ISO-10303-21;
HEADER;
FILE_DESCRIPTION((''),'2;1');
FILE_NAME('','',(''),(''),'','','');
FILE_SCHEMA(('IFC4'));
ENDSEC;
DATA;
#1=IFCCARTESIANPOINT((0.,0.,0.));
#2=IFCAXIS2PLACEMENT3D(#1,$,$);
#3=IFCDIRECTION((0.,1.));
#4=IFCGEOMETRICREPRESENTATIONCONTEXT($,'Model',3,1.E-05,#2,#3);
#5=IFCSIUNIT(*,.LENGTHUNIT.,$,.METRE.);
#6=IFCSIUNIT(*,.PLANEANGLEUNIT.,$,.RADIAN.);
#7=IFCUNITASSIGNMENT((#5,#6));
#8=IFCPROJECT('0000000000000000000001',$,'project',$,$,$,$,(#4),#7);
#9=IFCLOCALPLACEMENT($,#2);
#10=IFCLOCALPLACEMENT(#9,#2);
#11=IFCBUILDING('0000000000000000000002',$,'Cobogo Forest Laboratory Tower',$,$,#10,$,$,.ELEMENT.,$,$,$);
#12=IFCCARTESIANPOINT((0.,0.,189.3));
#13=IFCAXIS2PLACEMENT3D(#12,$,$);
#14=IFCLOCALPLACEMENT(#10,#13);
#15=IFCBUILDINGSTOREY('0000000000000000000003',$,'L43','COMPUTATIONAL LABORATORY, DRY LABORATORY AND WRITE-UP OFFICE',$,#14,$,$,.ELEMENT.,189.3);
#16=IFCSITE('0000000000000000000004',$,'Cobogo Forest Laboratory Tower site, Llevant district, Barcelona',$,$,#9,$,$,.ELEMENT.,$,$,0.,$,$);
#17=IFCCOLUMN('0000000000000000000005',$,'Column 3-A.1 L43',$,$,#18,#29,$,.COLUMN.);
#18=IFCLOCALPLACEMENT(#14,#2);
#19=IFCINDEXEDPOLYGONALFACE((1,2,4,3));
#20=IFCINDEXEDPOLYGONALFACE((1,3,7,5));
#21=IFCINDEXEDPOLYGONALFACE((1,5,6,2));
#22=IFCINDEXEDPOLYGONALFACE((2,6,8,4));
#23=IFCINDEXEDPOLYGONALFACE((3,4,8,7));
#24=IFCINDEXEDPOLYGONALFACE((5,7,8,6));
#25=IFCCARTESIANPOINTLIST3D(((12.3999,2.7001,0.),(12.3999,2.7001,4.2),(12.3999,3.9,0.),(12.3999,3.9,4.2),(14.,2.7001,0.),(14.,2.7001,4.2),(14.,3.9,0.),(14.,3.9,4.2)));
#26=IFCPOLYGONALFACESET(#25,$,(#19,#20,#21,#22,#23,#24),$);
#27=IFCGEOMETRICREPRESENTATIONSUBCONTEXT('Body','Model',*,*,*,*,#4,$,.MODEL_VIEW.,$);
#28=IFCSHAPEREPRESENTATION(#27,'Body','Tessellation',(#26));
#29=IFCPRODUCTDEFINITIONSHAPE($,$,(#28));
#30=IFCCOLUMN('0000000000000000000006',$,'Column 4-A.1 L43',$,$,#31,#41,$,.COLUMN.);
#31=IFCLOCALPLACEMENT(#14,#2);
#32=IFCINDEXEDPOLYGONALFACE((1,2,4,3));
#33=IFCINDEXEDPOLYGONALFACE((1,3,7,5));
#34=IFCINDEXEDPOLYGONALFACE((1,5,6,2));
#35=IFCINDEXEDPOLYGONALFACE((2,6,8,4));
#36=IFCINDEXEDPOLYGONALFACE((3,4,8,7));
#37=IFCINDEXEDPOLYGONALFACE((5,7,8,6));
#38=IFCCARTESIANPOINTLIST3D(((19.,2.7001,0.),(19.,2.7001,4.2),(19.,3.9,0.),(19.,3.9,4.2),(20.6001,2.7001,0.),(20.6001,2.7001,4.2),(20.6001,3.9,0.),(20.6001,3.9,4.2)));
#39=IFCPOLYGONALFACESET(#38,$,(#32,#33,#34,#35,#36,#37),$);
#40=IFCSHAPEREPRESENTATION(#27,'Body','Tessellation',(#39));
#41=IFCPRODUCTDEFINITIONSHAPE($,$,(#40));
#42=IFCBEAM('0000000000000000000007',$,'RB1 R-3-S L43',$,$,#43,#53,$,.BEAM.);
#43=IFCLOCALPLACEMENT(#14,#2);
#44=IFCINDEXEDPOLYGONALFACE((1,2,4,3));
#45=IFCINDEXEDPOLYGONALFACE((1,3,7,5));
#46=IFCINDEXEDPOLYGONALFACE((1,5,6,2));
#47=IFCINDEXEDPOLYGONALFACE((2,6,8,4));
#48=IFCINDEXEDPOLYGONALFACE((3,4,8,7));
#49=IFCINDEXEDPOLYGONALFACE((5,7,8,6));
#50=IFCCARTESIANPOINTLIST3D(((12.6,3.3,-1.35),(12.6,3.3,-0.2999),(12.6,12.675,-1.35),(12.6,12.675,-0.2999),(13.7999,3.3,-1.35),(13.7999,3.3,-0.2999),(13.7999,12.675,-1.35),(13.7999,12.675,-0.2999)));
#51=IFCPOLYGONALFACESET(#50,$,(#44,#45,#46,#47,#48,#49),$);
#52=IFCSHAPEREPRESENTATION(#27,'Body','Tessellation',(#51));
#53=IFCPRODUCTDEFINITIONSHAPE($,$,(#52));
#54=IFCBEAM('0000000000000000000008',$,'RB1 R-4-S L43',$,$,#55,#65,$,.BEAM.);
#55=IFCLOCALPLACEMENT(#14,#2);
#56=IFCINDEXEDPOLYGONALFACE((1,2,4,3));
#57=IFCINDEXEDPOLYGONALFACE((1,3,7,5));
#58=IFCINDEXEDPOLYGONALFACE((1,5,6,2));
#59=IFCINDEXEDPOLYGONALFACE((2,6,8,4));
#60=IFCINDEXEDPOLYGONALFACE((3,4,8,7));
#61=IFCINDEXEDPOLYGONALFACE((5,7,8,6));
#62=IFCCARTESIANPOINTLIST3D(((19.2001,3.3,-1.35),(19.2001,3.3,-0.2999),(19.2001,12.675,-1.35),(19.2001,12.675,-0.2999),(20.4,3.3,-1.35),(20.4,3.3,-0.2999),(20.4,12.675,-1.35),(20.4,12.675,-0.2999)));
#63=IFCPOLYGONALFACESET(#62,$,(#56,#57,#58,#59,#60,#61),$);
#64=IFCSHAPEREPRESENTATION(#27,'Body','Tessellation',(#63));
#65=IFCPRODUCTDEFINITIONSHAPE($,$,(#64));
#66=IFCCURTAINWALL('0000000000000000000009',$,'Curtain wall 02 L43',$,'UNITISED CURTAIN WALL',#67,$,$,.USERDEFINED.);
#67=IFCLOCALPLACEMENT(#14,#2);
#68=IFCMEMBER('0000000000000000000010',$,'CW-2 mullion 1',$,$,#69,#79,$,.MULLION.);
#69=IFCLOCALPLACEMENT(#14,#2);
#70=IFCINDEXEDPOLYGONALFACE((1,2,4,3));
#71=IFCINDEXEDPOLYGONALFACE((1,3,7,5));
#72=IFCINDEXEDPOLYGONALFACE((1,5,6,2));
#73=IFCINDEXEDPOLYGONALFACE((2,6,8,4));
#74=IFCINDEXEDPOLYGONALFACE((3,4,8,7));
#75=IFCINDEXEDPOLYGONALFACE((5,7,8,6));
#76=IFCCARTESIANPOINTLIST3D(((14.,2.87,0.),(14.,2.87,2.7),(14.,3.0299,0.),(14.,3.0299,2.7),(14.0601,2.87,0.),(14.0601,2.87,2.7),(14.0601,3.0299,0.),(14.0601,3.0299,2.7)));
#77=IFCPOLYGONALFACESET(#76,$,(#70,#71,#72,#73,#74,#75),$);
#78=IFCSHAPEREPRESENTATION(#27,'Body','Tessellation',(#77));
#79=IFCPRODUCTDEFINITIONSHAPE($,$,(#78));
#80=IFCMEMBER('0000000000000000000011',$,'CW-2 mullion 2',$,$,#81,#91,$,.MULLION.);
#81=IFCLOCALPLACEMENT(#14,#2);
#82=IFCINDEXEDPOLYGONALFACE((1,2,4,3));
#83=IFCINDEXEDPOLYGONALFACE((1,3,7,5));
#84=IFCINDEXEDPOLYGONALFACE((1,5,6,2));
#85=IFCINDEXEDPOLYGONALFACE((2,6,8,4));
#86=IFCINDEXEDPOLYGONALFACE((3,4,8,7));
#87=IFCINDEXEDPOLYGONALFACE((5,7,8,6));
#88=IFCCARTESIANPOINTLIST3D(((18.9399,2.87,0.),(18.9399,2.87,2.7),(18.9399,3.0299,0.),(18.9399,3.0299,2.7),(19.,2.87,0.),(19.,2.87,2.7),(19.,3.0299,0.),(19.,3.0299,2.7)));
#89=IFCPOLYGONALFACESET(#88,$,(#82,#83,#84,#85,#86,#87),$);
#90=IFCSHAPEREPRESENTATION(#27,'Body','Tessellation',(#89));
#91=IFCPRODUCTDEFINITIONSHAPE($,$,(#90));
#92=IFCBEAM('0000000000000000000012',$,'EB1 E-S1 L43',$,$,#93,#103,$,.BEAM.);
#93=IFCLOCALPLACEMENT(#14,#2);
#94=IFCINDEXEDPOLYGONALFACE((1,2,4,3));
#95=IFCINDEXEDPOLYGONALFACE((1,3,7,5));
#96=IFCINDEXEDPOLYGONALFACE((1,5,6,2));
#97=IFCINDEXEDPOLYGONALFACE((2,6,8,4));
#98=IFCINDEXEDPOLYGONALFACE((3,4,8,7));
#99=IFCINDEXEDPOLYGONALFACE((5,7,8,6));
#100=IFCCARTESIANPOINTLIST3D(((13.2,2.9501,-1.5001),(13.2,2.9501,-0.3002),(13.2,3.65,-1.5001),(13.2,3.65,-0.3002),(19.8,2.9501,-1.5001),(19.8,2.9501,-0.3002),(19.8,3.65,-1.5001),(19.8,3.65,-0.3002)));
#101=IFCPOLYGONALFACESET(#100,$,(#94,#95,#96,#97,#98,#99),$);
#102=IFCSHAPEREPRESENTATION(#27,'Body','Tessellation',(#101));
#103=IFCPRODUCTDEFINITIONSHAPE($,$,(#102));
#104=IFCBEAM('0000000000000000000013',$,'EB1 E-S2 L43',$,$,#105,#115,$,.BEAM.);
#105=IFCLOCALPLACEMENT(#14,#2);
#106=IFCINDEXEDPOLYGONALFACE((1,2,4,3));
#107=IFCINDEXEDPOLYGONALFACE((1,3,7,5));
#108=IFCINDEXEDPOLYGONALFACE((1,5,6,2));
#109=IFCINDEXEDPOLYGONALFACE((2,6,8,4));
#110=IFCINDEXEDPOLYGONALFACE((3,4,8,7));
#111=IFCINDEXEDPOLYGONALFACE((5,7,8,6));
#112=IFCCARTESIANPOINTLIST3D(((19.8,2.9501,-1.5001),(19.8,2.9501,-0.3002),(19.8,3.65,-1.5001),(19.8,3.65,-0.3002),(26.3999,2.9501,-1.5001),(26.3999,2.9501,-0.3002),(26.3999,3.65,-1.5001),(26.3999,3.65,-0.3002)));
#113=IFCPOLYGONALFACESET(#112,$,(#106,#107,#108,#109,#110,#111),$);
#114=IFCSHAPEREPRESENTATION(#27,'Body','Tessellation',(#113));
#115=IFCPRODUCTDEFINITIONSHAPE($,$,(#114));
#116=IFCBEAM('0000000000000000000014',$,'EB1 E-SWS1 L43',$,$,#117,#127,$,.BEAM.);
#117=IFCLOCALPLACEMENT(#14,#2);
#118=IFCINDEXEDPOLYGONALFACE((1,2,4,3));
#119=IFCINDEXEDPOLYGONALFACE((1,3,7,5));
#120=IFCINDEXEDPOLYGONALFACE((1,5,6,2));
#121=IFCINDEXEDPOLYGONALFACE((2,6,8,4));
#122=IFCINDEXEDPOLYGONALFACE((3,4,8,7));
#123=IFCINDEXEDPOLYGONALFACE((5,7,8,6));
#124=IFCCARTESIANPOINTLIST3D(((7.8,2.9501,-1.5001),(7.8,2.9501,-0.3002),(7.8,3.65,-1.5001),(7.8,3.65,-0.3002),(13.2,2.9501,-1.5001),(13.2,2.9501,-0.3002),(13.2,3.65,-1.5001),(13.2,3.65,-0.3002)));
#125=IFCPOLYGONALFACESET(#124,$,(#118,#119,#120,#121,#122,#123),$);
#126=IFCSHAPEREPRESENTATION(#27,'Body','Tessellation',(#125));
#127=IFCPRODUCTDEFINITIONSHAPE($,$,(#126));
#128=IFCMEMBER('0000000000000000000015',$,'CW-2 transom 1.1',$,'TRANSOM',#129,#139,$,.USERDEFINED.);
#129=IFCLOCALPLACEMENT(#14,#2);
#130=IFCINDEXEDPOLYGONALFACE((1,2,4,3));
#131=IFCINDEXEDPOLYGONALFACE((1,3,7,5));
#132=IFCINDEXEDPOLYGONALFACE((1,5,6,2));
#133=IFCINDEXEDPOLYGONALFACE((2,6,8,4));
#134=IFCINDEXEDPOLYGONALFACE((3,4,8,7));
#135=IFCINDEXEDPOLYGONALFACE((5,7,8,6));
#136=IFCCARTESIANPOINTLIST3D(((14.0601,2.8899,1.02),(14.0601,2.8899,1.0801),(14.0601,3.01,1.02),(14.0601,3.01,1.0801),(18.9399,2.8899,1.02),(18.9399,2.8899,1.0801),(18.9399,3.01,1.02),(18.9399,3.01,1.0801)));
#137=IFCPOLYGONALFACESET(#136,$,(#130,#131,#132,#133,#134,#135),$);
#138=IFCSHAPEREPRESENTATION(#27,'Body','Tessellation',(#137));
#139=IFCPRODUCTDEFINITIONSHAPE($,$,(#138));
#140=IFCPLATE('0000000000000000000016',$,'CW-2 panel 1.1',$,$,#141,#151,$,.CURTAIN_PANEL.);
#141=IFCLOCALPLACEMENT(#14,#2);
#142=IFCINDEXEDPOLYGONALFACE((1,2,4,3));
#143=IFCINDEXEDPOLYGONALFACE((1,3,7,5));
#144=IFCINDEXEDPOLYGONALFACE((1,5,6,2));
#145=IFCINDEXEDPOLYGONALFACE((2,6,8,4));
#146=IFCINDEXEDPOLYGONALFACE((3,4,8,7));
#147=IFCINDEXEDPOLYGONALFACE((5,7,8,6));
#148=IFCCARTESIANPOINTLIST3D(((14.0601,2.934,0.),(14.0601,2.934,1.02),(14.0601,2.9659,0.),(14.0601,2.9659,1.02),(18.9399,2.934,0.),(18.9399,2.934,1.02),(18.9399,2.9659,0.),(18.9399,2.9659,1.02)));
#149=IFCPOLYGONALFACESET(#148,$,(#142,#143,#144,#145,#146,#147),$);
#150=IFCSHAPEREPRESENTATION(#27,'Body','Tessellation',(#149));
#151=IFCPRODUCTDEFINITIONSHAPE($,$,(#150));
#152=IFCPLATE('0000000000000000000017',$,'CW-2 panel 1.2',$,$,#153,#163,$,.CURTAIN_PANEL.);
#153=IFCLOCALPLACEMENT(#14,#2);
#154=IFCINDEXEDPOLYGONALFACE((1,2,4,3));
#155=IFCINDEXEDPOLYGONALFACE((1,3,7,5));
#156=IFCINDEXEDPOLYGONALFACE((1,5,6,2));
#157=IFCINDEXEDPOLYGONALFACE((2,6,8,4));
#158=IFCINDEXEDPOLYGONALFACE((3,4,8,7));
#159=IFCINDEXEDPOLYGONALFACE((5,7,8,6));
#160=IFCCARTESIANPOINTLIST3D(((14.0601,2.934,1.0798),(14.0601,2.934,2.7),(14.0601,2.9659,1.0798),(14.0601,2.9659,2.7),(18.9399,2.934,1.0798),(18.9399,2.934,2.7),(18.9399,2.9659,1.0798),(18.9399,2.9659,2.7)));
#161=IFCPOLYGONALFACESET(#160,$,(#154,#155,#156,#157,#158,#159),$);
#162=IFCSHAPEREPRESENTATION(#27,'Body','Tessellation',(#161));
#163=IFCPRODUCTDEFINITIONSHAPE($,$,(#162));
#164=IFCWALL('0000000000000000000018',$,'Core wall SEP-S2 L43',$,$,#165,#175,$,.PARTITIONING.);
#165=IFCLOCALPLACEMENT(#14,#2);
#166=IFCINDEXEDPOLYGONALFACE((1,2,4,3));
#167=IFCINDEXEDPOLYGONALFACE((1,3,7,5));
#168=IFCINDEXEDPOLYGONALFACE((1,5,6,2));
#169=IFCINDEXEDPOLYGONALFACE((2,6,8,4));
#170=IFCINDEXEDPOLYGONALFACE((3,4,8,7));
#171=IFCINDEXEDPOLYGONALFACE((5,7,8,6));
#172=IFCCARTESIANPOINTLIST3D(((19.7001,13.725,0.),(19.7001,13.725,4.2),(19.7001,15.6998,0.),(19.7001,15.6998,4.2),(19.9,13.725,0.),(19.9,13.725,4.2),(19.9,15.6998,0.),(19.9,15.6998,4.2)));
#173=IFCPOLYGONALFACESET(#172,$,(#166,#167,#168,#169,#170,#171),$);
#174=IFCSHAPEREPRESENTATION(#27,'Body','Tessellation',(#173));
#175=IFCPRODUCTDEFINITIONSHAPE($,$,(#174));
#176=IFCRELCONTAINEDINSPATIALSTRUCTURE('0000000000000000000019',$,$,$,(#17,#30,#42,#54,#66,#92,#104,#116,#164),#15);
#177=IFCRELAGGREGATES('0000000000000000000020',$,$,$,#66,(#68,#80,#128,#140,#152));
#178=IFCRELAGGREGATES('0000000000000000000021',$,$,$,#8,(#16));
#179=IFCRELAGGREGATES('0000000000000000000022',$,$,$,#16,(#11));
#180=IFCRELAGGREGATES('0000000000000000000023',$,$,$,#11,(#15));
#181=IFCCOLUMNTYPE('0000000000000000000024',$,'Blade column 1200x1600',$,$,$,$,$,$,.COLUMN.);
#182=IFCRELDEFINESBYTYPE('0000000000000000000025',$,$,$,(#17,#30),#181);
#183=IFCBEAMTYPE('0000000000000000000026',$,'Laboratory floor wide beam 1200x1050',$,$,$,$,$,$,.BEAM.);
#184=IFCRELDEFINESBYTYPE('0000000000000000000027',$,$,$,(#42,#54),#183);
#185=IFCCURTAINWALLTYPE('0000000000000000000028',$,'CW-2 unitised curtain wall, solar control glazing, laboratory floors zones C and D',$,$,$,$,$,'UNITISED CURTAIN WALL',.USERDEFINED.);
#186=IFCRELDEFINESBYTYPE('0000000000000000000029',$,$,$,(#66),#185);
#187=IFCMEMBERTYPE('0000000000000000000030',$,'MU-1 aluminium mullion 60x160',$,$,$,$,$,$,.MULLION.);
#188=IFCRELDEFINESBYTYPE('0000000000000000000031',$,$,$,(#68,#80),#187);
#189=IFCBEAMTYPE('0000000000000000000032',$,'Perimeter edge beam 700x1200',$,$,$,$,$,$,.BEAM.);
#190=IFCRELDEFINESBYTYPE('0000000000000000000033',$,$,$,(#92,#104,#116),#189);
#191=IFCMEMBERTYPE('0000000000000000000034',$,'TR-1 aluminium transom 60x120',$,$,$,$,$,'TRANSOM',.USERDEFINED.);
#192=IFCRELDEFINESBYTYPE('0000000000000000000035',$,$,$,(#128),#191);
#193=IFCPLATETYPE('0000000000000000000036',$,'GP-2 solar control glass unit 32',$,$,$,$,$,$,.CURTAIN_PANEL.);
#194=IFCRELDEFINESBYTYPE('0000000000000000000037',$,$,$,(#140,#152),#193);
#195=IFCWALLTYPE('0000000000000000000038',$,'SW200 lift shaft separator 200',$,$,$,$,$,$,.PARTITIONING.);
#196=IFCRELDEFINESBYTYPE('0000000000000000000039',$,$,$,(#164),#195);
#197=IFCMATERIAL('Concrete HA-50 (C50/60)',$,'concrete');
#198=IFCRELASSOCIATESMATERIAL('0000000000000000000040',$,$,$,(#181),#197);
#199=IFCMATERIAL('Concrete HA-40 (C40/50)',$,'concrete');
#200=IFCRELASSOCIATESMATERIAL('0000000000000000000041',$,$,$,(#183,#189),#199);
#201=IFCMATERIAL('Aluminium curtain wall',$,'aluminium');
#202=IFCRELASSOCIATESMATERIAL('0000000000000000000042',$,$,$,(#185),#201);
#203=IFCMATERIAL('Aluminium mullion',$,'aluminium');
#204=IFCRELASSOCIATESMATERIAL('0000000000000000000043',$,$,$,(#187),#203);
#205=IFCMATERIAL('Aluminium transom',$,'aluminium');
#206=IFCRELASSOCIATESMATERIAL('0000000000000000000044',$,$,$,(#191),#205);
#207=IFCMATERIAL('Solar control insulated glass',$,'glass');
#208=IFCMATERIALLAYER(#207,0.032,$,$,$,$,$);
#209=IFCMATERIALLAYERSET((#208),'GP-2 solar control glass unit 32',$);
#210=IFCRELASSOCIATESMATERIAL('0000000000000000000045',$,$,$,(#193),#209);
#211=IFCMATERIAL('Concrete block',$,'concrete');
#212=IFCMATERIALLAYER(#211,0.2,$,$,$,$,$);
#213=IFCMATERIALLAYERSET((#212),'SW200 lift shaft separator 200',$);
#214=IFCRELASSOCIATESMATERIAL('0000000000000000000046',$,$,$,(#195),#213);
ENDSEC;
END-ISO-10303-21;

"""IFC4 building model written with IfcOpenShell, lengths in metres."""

from ifc_helpers import new_model, si_unit, direction, frame, frame_2d, origin, origin_2d, place, context, subcontext, project, spatial, rectangle, extrude, material, layer, layer_set, material_profile, profile_set, type_object, element, aggregate, save


model = new_model("IFC4")

# Units and contexts
model_context = context("Model", 3, precision=1e-05, world=origin(), true_north=direction((0.0, 1.0)))
body_context = subcontext(model_context, "Body", "Model", "MODEL_VIEW")
ifc_project = project(units=[si_unit("LENGTHUNIT", "METRE"), si_unit("PLANEANGLEUNIT", "RADIAN")], contexts=[model_context])

# Site, building, storey
site_placement = place(None, origin())
site = spatial("IfcSite", under=ifc_project, at=site_placement, Name="Cobogo Forest Laboratory Tower site, Llevant district, Barcelona", CompositionType="ELEMENT", RefElevation=0.0)
building_placement = place(site_placement, origin())
building = spatial("IfcBuilding", under=site, at=building_placement, Name="Cobogo Forest Laboratory Tower", CompositionType="ELEMENT")
storey_placement = place(building_placement, frame((0.0, 0.0, 189.3)))
storey = spatial("IfcBuildingStorey", under=building, at=storey_placement, Name="L43", Description="COMPUTATIONAL LABORATORY, DRY LABORATORY AND WRITE-UP OFFICE", CompositionType="ELEMENT", Elevation=189.3)

# Columns
ifc_material_1 = material(Name="Concrete HA-50 (C50/60)", Category="concrete")
ifc_material_profile_1 = material_profile(ifc_material_1, rectangle(XDim=1.6001, YDim=1.2, at=origin_2d()), Name="RC 1200x1600")
ifc_profile_set_1 = profile_set([ifc_material_profile_1], Name="Concrete HA-50 (C50/60)")
column_type = type_object("IfcColumnType", Name="Blade column 1200x1600", PredefinedType="COLUMN", material=ifc_profile_set_1)
for number, where, z_axis, x_axis, name in (
    (1, (13.2, 3.3, 0.0), (0.0, 0.0, 1.0), (1.0, 0.0, 0.0), "Column 3-A.1 L43"),
    (2, (19.8, 3.3, 0.0), (0.0, 0.0, 1.0), (1.0, 0.0, 0.0), "Column 4-A.1 L43"),
):
    element("IfcColumn", number, at=place(storey_placement, frame(where, z_axis=z_axis, x_axis=x_axis)), inside=storey, type_object=column_type, Name=name, PredefinedType="COLUMN", context=body_context, shape_type="SweptSolid", body=[
        extrude(rectangle(XDim=1.6001, YDim=1.2, at=origin_2d()), origin(), (0.0, 0.0, 1.0), 4.2),
    ])

# Beams
ifc_material_2 = material(Name="Concrete HA-40 (C40/50)", Category="concrete")
ifc_material_profile_2 = material_profile(ifc_material_2, rectangle(XDim=1.2, YDim=1.05, at=origin_2d()), Name="RC 1200x1050")
ifc_profile_set_2 = profile_set([ifc_material_profile_2], Name="Concrete HA-40 (C40/50)")
beam_type_1 = type_object("IfcBeamType", Name="Laboratory floor wide beam 1200x1050", PredefinedType="BEAM", material=ifc_profile_set_2)
for number, where, z_axis, x_axis, name in (
    (3, (13.2, 12.675, -0.825), (0.0, -1.0, 0.0), (1.0, 0.0, 0.0), "RB1 R-3-S L43"),
    (4, (19.8, 12.675, -0.825), (0.0, -1.0, 0.0), (1.0, 0.0, 0.0), "RB1 R-4-S L43"),
):
    element("IfcBeam", number, at=place(storey_placement, frame(where, z_axis=z_axis, x_axis=x_axis)), inside=storey, type_object=beam_type_1, Name=name, PredefinedType="BEAM", context=body_context, shape_type="SweptSolid", body=[
        extrude(rectangle(XDim=1.2, YDim=1.05, at=origin_2d()), origin(), (0.0, 0.0, 1.0), 9.375),
    ])

# Curtain wall, members
ifc_material_3 = material(Name="Aluminium curtain wall", Category="aluminium")
curtain_wall_type = type_object("IfcCurtainWallType", Name="CW-2 unitised curtain wall, solar control glazing, laboratory floors zones C and D", ElementType="UNITISED CURTAIN WALL", PredefinedType="USERDEFINED", material=ifc_material_3)
curtain_wall_placement = place(storey_placement, origin())
curtain_wall = element("IfcCurtainWall", 5, at=curtain_wall_placement, inside=storey, type_object=curtain_wall_type, Name="Curtain wall 02 L43", ObjectType="UNITISED CURTAIN WALL", PredefinedType="USERDEFINED")
ifc_material_4 = material(Name="Aluminium mullion", Category="aluminium")
ifc_material_profile_3 = material_profile(ifc_material_4, rectangle(XDim=0.0601, YDim=0.1599, at=origin_2d()), Name="AL 60x160")
ifc_profile_set_3 = profile_set([ifc_material_profile_3], Name="Aluminium mullion")
member_type_1 = type_object("IfcMemberType", Name="MU-1 aluminium mullion 60x160", PredefinedType="MULLION", material=ifc_profile_set_3)
member_1_placement = place(storey_placement, frame((14.03, 2.95, 0.0), z_axis=(0.0, 0.0, 1.0), x_axis=(1.0, 0.0, 0.0)))
member_1 = element("IfcMember", 6, at=member_1_placement, type_object=member_type_1, Name="CW-2 mullion 1", PredefinedType="MULLION", context=body_context, shape_type="SweptSolid", body=[
    extrude(rectangle(XDim=0.0601, YDim=0.1599, at=origin_2d()), origin(), (0.0, 0.0, 1.0), 2.7),
])
member_2_placement = place(storey_placement, frame((18.97, 2.95, 0.0), z_axis=(0.0, 0.0, 1.0), x_axis=(1.0, 0.0, 0.0)))
member_2 = element("IfcMember", 7, at=member_2_placement, type_object=member_type_1, Name="CW-2 mullion 2", PredefinedType="MULLION", context=body_context, shape_type="SweptSolid", body=[
    extrude(rectangle(XDim=0.0601, YDim=0.1599, at=origin_2d()), origin(), (0.0, 0.0, 1.0), 2.7),
])

# Beams
ifc_material_profile_4 = material_profile(ifc_material_2, rectangle(XDim=0.7, YDim=1.2, at=origin_2d()), Name="RC 700x1200")
ifc_profile_set_4 = profile_set([ifc_material_profile_4], Name="Concrete HA-40 (C40/50)")
beam_type_2 = type_object("IfcBeamType", Name="Perimeter edge beam 700x1200", PredefinedType="BEAM", material=ifc_profile_set_4)
beam_1_placement = place(storey_placement, frame((13.2, 3.3, -0.9001), z_axis=(1.0, 0.0, 0.0), x_axis=(0.0, 1.0, 0.0)))
element("IfcBeam", 8, at=beam_1_placement, inside=storey, type_object=beam_type_2, Name="EB1 E-S1 L43", PredefinedType="BEAM", context=body_context, shape_type="SweptSolid", body=[
    extrude(rectangle(XDim=0.7, YDim=1.2, at=origin_2d()), origin(), (0.0, 0.0, 1.0), 6.6001),
])
beam_2_placement = place(storey_placement, frame((19.8, 3.3, -0.9001), z_axis=(1.0, 0.0, 0.0), x_axis=(0.0, 1.0, 0.0)))
element("IfcBeam", 9, at=beam_2_placement, inside=storey, type_object=beam_type_2, Name="EB1 E-S2 L43", PredefinedType="BEAM", context=body_context, shape_type="SweptSolid", body=[
    extrude(rectangle(XDim=0.7, YDim=1.2, at=origin_2d()), origin(), (0.0, 0.0, 1.0), 6.5999),
])
beam_3_placement = place(storey_placement, frame((13.2, 3.3, -0.9001), z_axis=(-1.0, 0.0, 0.0), x_axis=(0.0, -1.0, 0.0)))
element("IfcBeam", 10, at=beam_3_placement, inside=storey, type_object=beam_type_2, Name="EB1 E-SWS1 L43", PredefinedType="BEAM", context=body_context, shape_type="SweptSolid", body=[
    extrude(rectangle(XDim=0.7, YDim=1.2, at=origin_2d()), origin(), (0.0, 0.0, 1.0), 5.3999),
])

# Member
ifc_material_5 = material(Name="Aluminium transom", Category="aluminium")
ifc_material_profile_5 = material_profile(ifc_material_5, rectangle(XDim=0.1201, YDim=0.0601, at=origin_2d()), Name="AL 60x120")
ifc_profile_set_5 = profile_set([ifc_material_profile_5], Name="Aluminium transom")
member_type_2 = type_object("IfcMemberType", Name="TR-1 aluminium transom 60x120", ElementType="TRANSOM", PredefinedType="USERDEFINED", material=ifc_profile_set_5)
member_3_placement = place(storey_placement, frame((14.0601, 2.95, 1.05), z_axis=(1.0, 0.0, 0.0), x_axis=(0.0, 1.0, 0.0)))
member_3 = element("IfcMember", 11, at=member_3_placement, type_object=member_type_2, Name="CW-2 transom 1.1", ObjectType="TRANSOM", PredefinedType="USERDEFINED", context=body_context, shape_type="SweptSolid", body=[
    extrude(rectangle(XDim=0.1201, YDim=0.0601, at=origin_2d()), origin(), (0.0, 0.0, 1.0), 4.8799),
])

# Plates
ifc_material_6 = material(Name="Solar control insulated glass", Category="glass")
ifc_layer_1 = layer(ifc_material_6, 0.032)
ifc_layer_set_1 = layer_set([ifc_layer_1], Name="GP-2 solar control glass unit 32")
plate_type_1 = type_object("IfcPlateType", Name="GP-2 solar control glass unit 32", PredefinedType="CURTAIN_PANEL", material=ifc_layer_set_1)
plate_1_placement = place(storey_placement, frame((16.5, 2.95, 0.0), z_axis=(0.0, 0.0, 1.0), x_axis=(1.0, 0.0, 0.0)))
plate_1 = element("IfcPlate", 12, at=plate_1_placement, type_object=plate_type_1, Name="CW-2 panel 1.1", PredefinedType="CURTAIN_PANEL", context=body_context, shape_type="SweptSolid", body=[
    extrude(rectangle(XDim=4.8799, YDim=0.032, at=origin_2d()), origin(), (0.0, 0.0, 1.0), 1.02),
])
plate_2_placement = place(storey_placement, frame((16.5, 2.95, 1.0798), z_axis=(0.0, 0.0, 1.0), x_axis=(1.0, 0.0, 0.0)))
plate_2 = element("IfcPlate", 13, at=plate_2_placement, type_object=plate_type_1, Name="CW-2 panel 1.2", PredefinedType="CURTAIN_PANEL", context=body_context, shape_type="SweptSolid", body=[
    extrude(rectangle(XDim=4.8799, YDim=0.032, at=origin_2d()), origin(), (0.0, 0.0, 1.0), 1.6201),
])
aggregate(curtain_wall, [member_1, member_2, member_3, plate_1, plate_2])

# Wall
ifc_material_7 = material(Name="Concrete block", Category="concrete")
ifc_layer_2 = layer(ifc_material_7, 0.2)
ifc_layer_set_2 = layer_set([ifc_layer_2], Name="SW200 lift shaft separator 200")
wall_type = type_object("IfcWallType", Name="SW200 lift shaft separator 200", PredefinedType="PARTITIONING", material=ifc_layer_set_2)
wall_placement = place(storey_placement, frame((19.8, 13.7251, 0.0), z_axis=(0.0, 0.0, 1.0), x_axis=(0.0, 1.0, 0.0)))
element("IfcWall", 14, at=wall_placement, inside=storey, type_object=wall_type, Name="Core wall SEP-S2 L43", PredefinedType="PARTITIONING", context=body_context, shape_type="SweptSolid", body=[
    extrude(rectangle(XDim=1.9749, YDim=0.2, at=frame_2d((0.9873, 0.0))), origin(), (0.0, 0.0, 1.0), 4.2),
])

save(model, "model.ifc")
